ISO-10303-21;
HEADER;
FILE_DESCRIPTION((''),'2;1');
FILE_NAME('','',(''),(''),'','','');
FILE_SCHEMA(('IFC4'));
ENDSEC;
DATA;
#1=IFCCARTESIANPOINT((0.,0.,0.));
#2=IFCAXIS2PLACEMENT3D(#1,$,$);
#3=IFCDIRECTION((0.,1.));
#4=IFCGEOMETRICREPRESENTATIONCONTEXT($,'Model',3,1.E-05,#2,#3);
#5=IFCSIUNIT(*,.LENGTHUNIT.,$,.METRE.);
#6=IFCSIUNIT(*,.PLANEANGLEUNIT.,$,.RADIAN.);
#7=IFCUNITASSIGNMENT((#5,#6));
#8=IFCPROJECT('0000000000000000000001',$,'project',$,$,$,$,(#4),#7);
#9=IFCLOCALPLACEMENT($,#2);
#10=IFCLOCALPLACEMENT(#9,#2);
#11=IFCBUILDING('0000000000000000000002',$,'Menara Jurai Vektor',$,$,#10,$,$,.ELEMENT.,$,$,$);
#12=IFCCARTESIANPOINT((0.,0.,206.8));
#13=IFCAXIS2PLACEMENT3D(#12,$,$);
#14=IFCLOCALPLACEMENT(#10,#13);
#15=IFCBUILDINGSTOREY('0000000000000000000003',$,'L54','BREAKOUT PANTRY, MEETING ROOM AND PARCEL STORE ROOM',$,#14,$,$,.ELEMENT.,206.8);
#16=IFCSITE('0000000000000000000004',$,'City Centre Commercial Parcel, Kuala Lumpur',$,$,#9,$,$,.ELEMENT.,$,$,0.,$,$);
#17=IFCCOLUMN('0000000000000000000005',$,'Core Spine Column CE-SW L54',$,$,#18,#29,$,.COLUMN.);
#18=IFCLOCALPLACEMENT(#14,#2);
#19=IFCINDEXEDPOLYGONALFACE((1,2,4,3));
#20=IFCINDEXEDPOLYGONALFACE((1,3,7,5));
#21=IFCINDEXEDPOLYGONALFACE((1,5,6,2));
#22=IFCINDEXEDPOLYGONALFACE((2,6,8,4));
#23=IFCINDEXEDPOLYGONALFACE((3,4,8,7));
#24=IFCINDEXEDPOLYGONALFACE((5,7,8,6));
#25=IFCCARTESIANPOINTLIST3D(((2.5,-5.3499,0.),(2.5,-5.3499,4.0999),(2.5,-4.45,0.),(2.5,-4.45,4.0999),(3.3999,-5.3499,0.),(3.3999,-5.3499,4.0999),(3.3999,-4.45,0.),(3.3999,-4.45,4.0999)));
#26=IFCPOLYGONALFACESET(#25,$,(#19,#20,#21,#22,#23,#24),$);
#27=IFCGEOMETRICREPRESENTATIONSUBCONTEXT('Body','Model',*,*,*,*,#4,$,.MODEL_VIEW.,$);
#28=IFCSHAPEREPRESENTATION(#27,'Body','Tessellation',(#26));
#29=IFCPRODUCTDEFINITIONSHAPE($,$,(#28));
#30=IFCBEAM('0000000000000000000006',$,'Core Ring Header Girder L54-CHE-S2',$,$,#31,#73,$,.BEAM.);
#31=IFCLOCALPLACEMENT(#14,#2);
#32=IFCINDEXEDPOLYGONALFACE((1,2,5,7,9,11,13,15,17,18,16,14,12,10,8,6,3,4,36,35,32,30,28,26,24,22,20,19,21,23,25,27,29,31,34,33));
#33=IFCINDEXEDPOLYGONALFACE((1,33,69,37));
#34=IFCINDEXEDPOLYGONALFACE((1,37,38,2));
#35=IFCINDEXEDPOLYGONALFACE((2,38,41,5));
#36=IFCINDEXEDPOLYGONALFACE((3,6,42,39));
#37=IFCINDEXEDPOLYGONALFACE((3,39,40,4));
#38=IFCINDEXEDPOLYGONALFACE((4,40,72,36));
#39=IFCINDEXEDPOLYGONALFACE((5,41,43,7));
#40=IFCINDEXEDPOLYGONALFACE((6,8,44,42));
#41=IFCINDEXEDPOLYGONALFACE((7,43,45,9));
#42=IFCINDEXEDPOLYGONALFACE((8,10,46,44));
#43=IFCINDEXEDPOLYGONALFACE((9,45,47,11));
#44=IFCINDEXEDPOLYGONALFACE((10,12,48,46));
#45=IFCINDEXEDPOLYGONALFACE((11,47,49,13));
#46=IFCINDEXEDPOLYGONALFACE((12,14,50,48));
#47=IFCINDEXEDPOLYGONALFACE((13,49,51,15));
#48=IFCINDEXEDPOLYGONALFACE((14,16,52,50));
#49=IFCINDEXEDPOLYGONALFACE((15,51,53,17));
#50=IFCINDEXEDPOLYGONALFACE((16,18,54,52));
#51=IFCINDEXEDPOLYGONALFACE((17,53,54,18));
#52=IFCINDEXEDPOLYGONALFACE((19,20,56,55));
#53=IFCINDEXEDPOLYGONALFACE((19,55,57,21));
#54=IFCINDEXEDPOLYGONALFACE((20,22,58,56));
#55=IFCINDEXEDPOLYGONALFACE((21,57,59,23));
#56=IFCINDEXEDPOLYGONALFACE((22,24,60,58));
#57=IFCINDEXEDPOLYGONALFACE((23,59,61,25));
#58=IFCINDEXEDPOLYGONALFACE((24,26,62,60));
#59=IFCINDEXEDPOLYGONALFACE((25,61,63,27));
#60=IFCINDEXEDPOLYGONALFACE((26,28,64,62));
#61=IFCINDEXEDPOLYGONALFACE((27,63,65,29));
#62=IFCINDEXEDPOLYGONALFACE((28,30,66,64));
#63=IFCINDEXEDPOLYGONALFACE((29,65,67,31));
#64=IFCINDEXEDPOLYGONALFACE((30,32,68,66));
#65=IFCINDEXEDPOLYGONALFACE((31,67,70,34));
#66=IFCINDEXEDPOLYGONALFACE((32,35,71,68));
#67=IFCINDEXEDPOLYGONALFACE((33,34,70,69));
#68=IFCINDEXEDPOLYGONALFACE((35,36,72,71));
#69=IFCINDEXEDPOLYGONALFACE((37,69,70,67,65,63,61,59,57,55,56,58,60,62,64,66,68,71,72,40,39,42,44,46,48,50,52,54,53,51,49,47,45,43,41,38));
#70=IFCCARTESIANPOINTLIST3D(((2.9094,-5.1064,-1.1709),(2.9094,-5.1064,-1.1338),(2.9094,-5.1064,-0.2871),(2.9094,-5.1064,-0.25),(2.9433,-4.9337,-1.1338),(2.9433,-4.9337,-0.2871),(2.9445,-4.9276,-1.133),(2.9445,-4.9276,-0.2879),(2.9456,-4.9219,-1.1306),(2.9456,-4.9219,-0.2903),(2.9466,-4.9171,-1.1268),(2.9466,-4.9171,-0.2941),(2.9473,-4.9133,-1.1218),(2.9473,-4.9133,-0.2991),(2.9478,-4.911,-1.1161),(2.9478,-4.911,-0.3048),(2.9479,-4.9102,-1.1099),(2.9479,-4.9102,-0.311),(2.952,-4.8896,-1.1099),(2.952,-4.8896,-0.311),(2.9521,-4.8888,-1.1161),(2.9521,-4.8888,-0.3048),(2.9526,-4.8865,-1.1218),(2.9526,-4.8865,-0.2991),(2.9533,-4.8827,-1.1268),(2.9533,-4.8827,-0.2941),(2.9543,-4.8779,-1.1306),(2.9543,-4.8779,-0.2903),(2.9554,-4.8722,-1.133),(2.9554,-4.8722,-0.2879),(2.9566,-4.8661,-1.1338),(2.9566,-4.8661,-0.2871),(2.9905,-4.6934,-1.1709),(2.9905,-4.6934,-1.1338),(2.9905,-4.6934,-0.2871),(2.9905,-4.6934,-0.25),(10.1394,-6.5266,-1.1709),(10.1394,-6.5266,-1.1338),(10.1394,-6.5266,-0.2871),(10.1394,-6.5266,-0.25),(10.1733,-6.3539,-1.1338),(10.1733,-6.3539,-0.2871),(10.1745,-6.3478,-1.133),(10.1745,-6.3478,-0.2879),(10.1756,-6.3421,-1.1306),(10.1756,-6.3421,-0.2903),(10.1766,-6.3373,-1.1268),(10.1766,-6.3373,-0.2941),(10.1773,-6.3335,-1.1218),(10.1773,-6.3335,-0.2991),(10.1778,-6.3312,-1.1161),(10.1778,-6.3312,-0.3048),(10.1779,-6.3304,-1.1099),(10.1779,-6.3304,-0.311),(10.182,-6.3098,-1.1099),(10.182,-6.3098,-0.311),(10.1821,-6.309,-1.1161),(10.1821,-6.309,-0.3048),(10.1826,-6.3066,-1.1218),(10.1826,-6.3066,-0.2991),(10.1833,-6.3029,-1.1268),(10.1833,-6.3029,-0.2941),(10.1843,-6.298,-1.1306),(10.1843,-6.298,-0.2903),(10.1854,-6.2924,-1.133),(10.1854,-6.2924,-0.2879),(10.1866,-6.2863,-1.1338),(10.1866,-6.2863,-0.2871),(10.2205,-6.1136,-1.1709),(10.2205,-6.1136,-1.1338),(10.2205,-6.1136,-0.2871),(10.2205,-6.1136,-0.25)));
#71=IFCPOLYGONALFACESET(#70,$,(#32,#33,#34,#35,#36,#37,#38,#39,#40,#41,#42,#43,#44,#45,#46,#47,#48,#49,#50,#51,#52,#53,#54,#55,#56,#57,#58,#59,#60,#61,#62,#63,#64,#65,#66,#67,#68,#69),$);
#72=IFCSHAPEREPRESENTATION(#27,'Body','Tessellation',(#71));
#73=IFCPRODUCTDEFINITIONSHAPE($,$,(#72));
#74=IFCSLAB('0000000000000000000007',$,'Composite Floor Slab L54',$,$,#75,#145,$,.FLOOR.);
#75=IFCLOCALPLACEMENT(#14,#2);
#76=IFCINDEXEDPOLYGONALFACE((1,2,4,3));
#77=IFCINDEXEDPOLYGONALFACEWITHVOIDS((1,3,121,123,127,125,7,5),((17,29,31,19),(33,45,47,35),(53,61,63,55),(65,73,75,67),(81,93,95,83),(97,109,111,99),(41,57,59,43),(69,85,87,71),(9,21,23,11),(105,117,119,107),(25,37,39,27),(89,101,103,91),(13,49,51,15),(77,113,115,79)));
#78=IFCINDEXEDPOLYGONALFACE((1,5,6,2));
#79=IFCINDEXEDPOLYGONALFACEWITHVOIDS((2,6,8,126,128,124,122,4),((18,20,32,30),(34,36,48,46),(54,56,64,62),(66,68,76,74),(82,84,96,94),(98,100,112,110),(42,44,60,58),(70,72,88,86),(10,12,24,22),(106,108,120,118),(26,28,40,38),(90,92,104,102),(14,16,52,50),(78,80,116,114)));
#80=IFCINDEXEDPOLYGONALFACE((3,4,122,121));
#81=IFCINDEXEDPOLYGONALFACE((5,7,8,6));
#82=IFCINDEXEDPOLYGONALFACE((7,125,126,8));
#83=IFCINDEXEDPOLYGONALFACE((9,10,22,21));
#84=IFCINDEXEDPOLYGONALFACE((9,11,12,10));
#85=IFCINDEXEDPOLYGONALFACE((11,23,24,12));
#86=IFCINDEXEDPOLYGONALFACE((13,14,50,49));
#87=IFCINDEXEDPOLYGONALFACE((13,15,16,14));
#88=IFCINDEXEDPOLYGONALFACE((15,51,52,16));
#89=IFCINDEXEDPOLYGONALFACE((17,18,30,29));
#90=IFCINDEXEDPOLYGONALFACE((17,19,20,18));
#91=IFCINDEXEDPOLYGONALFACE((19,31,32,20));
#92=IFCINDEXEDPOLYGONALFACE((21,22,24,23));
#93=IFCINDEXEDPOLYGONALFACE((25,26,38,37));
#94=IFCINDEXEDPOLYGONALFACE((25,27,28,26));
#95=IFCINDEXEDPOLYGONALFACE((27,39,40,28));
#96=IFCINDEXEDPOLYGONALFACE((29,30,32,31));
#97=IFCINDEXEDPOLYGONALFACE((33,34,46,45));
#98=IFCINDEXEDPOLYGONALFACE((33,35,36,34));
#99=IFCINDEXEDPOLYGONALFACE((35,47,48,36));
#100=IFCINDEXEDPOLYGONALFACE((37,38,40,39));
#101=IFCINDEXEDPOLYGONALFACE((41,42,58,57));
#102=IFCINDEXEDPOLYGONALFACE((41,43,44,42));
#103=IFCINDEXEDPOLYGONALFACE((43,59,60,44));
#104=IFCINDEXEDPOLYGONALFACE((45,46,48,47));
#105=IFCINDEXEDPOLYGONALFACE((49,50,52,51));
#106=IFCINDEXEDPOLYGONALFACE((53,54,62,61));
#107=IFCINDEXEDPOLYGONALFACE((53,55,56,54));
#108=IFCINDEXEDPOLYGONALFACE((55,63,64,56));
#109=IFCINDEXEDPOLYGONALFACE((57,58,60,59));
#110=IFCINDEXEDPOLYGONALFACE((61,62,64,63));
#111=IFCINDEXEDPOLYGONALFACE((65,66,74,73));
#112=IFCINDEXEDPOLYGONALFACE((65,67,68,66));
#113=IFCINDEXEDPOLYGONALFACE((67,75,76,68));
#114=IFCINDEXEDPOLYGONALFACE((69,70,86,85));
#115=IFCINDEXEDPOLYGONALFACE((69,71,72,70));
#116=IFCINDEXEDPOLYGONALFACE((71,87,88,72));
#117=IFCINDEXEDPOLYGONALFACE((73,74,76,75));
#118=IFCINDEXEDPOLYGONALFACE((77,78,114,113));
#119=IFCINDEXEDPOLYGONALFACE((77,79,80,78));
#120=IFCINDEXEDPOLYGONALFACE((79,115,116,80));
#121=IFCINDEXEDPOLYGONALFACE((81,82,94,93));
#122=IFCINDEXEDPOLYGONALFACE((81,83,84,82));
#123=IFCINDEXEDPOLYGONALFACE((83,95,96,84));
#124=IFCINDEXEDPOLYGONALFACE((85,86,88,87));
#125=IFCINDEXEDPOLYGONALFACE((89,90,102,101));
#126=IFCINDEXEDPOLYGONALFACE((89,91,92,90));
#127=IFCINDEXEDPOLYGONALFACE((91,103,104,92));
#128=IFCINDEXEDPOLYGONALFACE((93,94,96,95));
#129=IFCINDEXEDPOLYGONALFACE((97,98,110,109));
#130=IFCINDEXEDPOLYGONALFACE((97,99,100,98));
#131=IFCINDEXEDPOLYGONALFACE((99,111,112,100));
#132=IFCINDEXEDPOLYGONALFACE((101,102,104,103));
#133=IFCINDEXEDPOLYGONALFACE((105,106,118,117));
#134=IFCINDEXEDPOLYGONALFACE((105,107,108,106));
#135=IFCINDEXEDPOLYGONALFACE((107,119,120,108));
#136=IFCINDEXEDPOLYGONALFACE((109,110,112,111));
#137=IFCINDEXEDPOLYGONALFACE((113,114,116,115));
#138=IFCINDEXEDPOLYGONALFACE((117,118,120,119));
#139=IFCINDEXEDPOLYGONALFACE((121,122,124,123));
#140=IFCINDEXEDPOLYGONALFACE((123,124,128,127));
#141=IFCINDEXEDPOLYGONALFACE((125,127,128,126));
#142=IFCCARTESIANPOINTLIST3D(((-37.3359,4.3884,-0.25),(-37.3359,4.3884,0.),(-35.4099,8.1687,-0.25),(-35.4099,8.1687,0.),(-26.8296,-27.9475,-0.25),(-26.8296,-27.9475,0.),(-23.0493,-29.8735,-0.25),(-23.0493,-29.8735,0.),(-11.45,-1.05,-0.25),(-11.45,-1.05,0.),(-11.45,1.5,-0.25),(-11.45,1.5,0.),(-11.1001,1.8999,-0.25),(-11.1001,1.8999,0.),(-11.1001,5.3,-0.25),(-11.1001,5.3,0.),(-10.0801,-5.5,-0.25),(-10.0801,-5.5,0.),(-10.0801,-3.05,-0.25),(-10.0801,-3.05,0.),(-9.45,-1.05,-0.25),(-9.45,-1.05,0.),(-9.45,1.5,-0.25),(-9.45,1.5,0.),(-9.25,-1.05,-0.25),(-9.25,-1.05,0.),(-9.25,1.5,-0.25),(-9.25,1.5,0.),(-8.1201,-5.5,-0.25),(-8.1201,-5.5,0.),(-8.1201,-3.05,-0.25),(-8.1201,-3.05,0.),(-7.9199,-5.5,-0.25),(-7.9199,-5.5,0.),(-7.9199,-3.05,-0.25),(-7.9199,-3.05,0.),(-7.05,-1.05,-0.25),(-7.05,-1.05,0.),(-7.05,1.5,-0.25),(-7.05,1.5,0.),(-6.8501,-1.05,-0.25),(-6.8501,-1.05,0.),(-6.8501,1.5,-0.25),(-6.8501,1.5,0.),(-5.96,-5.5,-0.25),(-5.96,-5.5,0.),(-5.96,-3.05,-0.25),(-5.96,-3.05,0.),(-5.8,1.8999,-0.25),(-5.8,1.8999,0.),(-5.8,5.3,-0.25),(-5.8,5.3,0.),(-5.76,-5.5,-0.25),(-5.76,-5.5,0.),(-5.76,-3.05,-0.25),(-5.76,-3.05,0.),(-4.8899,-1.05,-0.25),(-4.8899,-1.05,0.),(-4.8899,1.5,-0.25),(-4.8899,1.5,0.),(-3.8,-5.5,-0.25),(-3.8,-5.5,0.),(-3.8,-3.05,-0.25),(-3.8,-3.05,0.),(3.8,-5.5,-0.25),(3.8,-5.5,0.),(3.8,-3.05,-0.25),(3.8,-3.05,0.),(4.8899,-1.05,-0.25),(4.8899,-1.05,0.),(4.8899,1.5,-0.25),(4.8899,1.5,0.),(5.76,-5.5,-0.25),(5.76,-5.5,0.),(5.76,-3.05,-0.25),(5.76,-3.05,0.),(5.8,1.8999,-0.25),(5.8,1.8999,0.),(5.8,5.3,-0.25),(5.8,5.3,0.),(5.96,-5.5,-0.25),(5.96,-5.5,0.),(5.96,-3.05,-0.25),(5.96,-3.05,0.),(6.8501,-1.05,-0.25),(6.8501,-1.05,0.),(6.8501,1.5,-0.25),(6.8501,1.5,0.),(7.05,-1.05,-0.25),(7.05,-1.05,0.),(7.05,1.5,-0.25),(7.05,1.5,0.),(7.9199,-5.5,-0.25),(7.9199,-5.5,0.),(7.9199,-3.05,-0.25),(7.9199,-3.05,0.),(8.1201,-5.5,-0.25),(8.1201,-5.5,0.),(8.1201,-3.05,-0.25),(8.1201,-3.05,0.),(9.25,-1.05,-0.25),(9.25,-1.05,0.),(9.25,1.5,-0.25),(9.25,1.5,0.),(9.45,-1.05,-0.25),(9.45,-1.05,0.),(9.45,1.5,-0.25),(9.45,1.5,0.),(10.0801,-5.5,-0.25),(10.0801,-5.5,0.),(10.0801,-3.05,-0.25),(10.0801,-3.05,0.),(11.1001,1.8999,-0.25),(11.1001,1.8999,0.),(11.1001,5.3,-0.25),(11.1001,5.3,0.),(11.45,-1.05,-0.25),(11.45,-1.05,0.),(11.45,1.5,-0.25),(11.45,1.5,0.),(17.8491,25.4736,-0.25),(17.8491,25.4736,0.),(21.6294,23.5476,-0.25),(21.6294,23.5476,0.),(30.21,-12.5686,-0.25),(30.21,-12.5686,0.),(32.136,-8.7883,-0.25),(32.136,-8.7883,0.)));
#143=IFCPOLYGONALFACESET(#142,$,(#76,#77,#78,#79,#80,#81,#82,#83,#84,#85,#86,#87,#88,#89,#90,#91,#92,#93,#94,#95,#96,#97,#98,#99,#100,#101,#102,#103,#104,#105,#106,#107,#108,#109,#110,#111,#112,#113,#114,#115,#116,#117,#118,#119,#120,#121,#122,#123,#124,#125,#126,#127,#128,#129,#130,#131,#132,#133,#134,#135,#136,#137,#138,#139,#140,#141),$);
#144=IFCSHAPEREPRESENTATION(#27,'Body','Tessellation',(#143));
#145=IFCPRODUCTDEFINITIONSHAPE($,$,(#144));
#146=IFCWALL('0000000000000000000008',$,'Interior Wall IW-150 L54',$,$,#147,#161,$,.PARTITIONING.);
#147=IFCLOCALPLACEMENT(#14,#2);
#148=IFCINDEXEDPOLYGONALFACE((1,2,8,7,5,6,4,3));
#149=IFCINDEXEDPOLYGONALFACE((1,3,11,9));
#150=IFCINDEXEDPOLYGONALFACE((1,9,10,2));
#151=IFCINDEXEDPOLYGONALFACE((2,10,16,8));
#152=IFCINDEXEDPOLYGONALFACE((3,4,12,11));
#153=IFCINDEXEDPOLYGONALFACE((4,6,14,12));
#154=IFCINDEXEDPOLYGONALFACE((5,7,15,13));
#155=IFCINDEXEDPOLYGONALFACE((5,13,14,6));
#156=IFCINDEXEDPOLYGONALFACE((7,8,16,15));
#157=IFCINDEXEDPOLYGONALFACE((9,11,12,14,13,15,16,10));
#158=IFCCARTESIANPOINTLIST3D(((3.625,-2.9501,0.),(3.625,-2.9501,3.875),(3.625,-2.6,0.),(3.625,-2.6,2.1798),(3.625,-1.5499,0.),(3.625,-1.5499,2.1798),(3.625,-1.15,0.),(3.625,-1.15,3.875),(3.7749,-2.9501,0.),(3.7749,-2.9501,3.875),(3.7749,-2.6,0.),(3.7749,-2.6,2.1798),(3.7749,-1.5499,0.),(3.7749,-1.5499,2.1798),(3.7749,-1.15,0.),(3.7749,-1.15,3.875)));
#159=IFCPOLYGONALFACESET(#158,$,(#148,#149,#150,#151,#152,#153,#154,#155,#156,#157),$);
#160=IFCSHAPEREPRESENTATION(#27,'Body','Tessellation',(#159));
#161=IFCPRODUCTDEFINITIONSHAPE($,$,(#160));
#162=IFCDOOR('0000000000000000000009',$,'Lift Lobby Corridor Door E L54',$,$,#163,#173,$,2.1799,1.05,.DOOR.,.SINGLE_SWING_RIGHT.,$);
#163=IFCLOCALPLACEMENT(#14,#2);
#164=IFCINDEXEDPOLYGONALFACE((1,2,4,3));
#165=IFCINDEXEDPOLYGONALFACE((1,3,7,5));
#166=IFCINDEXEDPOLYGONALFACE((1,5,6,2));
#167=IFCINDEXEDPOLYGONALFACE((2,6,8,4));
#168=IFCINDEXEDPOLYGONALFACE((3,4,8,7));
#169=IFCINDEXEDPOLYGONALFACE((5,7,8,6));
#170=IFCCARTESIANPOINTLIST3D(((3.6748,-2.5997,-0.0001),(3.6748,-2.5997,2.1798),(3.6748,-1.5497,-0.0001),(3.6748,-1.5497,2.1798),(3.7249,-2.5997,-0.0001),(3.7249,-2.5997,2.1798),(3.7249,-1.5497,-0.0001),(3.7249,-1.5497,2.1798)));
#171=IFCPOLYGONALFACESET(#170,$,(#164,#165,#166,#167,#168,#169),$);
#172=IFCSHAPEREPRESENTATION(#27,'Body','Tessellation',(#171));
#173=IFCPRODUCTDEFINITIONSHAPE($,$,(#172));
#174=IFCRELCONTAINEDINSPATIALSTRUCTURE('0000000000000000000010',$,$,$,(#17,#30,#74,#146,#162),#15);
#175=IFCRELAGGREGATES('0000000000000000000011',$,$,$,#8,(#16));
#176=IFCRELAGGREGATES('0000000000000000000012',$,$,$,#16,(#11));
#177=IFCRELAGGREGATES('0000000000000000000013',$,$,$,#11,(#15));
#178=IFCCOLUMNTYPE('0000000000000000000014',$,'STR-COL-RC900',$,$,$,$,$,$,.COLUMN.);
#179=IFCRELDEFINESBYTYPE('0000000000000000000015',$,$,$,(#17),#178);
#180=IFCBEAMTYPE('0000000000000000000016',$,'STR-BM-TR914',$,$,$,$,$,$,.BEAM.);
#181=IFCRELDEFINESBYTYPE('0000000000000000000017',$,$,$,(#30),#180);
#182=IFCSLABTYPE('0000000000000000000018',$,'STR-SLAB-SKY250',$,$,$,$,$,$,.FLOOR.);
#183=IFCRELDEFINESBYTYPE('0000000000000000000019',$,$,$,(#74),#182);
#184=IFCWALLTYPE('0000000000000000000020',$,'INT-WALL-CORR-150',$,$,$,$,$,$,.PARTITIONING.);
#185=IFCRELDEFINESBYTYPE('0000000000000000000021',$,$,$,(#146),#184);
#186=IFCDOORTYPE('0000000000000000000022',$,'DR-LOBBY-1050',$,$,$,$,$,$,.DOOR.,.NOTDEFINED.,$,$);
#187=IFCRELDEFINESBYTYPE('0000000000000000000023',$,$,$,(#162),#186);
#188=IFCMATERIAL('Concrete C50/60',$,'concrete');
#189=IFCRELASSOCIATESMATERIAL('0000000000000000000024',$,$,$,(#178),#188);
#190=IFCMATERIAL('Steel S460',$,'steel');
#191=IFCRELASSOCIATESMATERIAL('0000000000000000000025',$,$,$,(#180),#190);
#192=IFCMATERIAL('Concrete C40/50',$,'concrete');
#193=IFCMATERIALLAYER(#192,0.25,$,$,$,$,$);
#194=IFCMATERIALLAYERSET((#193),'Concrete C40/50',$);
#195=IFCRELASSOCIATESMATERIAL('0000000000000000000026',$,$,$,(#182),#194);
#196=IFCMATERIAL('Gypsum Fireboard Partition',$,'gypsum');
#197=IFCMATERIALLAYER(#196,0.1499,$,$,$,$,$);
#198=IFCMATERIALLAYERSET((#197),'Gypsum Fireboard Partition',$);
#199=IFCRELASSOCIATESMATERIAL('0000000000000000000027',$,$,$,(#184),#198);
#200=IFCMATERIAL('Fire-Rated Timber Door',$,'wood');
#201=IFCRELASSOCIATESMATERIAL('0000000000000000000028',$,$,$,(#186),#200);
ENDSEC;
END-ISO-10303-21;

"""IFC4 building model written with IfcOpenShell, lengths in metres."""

from ifc_helpers import new_model, si_unit, direction, frame, frame_2d, origin, origin_2d, place, context, subcontext, project, spatial, polyline, rectangle, i_section, outline, extrude, material, layer, layer_set, material_profile, profile_set, type_object, element, fill, save


model = new_model("IFC4")

# Units and contexts
model_context = context("Model", 3, precision=1e-05, world=origin(), true_north=direction((0.0, 1.0)))
body_context = subcontext(model_context, "Body", "Model", "MODEL_VIEW")
ifc_project = project(units=[si_unit("LENGTHUNIT", "METRE"), si_unit("PLANEANGLEUNIT", "RADIAN")], contexts=[model_context])

# Site, building, storey
site_placement = place(None, origin())
site = spatial("IfcSite", under=ifc_project, at=site_placement, Name="City Centre Commercial Parcel, Kuala Lumpur", CompositionType="ELEMENT", RefElevation=0.0)
building_placement = place(site_placement, origin())
building = spatial("IfcBuilding", under=site, at=building_placement, Name="Menara Jurai Vektor", CompositionType="ELEMENT")
storey_placement = place(building_placement, frame((0.0, 0.0, 206.8)))
storey = spatial("IfcBuildingStorey", under=building, at=storey_placement, Name="L54", Description="BREAKOUT PANTRY, MEETING ROOM AND PARCEL STORE ROOM", CompositionType="ELEMENT", Elevation=206.8)

# Column
ifc_material_1 = material(Name="Concrete C50/60", Category="concrete")
ifc_material_profile_1 = material_profile(ifc_material_1, rectangle(XDim=0.8999, YDim=0.8999, at=origin_2d()), Name="RC 900x900")
ifc_profile_set_1 = profile_set([ifc_material_profile_1], Name="Concrete C50/60")
column_type = type_object("IfcColumnType", Name="STR-COL-RC900", PredefinedType="COLUMN", material=ifc_profile_set_1)
column_placement = place(storey_placement, frame((2.95, -4.8999, 0.0), z_axis=(0.0, 0.0, 1.0), x_axis=(1.0, 0.0, 0.0)))
element("IfcColumn", 1, at=column_placement, inside=storey, type_object=column_type, Name="Core Spine Column CE-SW L54", PredefinedType="COLUMN", context=body_context, shape_type="SweptSolid", body=[
    extrude(rectangle(XDim=0.8999, YDim=0.8999, at=origin_2d()), origin(), (0.0, 0.0, 1.0), 4.0999),
])

# Beam
ifc_material_2 = material(Name="Steel S460", Category="steel")
ifc_material_profile_2 = material_profile(ifc_material_2, i_section(OverallWidth=0.4209, OverallDepth=0.9209, WebThickness=0.021, FlangeThickness=0.0371, FilletRadius=0.0239, at=origin_2d()), Name="UKB 914x419x388")
ifc_profile_set_2 = profile_set([ifc_material_profile_2], Name="Steel S460")
beam_type = type_object("IfcBeamType", Name="STR-BM-TR914", PredefinedType="BEAM", material=ifc_profile_set_2)
beam_placement = place(storey_placement, frame((2.95, -4.8999, -0.7104), z_axis=(0.981249, -0.192744, 0.0), x_axis=(0.192744, 0.981249, 0.0)))
element("IfcBeam", 2, at=beam_placement, inside=storey, type_object=beam_type, Name="Core Ring Header Girder L54-CHE-S2", PredefinedType="BEAM", context=body_context, shape_type="SweptSolid", body=[
    extrude(i_section(OverallWidth=0.4209, OverallDepth=0.9209, WebThickness=0.021, FlangeThickness=0.0371, FilletRadius=0.0239, at=origin_2d()), origin(), (0.0, 0.0, 1.0), 7.3682),
])

# Slab
ifc_material_3 = material(Name="Concrete C40/50", Category="concrete")
ifc_layer_1 = layer(ifc_material_3, 0.25)
ifc_layer_set_1 = layer_set([ifc_layer_1], Name="Concrete C40/50")
slab_type = type_object("IfcSlabType", Name="STR-SLAB-SKY250", PredefinedType="FLOOR", material=ifc_layer_set_1)
slab_placement = place(storey_placement, frame((0.0, 0.0, -0.25)))
element("IfcSlab", 3, at=slab_placement, inside=storey, type_object=slab_type, Name="Composite Floor Slab L54", PredefinedType="FLOOR", context=body_context, shape_type="SweptSolid", body=[
    extrude(outline(polyline([(-23.0493, -29.8735), (30.21, -12.5686), (32.136, -8.7883), (21.6294, 23.5476), (17.8491, 25.4736), (-35.4099, 8.1687), (-37.3359, 4.3884), (-26.8296, -27.9475), (-23.0493, -29.8735)]), holes=[polyline([(-11.1001, 1.8999), (-11.1001, 5.3), (-5.8, 5.3), (-5.8, 1.8999), (-11.1001, 1.8999)]), polyline([(5.8, 1.8999), (5.8, 5.3), (11.1001, 5.3), (11.1001, 1.8999), (5.8, 1.8999)]), polyline([(-11.45, -1.05), (-11.45, 1.5), (-9.45, 1.5), (-9.45, -1.05), (-11.45, -1.05)]), polyline([(9.45, -1.05), (9.45, 1.5), (11.45, 1.5), (11.45, -1.05), (9.45, -1.05)]), polyline([(-5.76, -5.5), (-5.76, -3.05), (-3.8, -3.05), (-3.8, -5.5), (-5.76, -5.5)]), polyline([(-6.8501, -1.05), (-6.8501, 1.5), (-4.8899, 1.5), (-4.8899, -1.05), (-6.8501, -1.05)]), polyline([(3.8, -5.5), (3.8, -3.05), (5.76, -3.05), (5.76, -5.5), (3.8, -5.5)]), polyline([(4.8899, -1.05), (4.8899, 1.5), (6.8501, 1.5), (6.8501, -1.05), (4.8899, -1.05)]), polyline([(-10.0801, -5.5), (-10.0801, -3.05), (-8.1201, -3.05), (-8.1201, -5.5), (-10.0801, -5.5)]), polyline([(-7.9199, -5.5), (-7.9199, -3.05), (-5.96, -3.05), (-5.96, -5.5), (-7.9199, -5.5)]), polyline([(5.96, -5.5), (5.96, -3.05), (7.9199, -3.05), (7.9199, -5.5), (5.96, -5.5)]), polyline([(8.1201, -5.5), (8.1201, -3.05), (10.0801, -3.05), (10.0801, -5.5), (8.1201, -5.5)]), polyline([(-9.25, -1.05), (-9.25, 1.5), (-7.05, 1.5), (-7.05, -1.05), (-9.25, -1.05)]), polyline([(7.05, -1.05), (7.05, 1.5), (9.25, 1.5), (9.25, -1.05), (7.05, -1.05)])]), origin(), (0.0, 0.0, 1.0), 0.25),
])

# Wall, opening, door
ifc_material_4 = material(Name="Gypsum Fireboard Partition", Category="gypsum")
ifc_layer_2 = layer(ifc_material_4, 0.1499)
ifc_layer_set_2 = layer_set([ifc_layer_2], Name="Gypsum Fireboard Partition")
wall_type_1 = type_object("IfcWallType", Name="INT-WALL-CORR-150", PredefinedType="PARTITIONING", material=ifc_layer_set_2)
wall_1_placement = place(storey_placement, frame((3.7, -2.95, 0.0), z_axis=(0.0, 0.0, 1.0), x_axis=(0.0, 1.0, 0.0)))
wall_1 = element("IfcWall", 4, at=wall_1_placement, inside=storey, type_object=wall_type_1, Name="Interior Wall IW-150 L54", PredefinedType="PARTITIONING", context=body_context, shape_type="SweptSolid", body=[
    extrude(rectangle(XDim=1.8, YDim=0.1499, at=frame_2d((0.8999, 0.0))), origin(), (0.0, 0.0, 1.0), 3.875),
])
opening_1_placement = place(wall_1_placement, frame((0.3501, 0.0, 0.0)))
opening_1 = element("IfcOpeningElement", 5, at=opening_1_placement, cuts=wall_1, PredefinedType="OPENING", context=body_context, shape_type="SweptSolid", body=[
    extrude(rectangle(XDim=1.05, YDim=2.1799, at=frame_2d((0.5249, 1.0898))), frame((0.0, 0.085, 0.0), z_axis=(0.0, -1.0, 0.0), x_axis=(1.0, 0.0, 0.0)), (0.0, 0.0, 1.0), 0.1699),
])
ifc_material_5 = material(Name="Fire-Rated Timber Door", Category="wood")
door_type_1 = type_object("IfcDoorType", Name="DR-LOBBY-1050", OperationType="NOTDEFINED", PredefinedType="DOOR", material=ifc_material_5)
door_1_placement = place(opening_1_placement, frame((1.05, 0.0, 0.0), z_axis=(0.0, 0.0, 1.0), x_axis=(-1.0, 0.0, 0.0)))
door_1 = element("IfcDoor", 6, at=door_1_placement, inside=storey, type_object=door_type_1, Name="Lift Lobby Corridor Door E L54", OperationType="SINGLE_SWING_RIGHT", OverallHeight=2.1799, OverallWidth=1.05, PredefinedType="DOOR", context=body_context, shape_type="SweptSolid", body=[
    extrude(rectangle(XDim=1.05, YDim=2.1799, at=frame_2d((0.5249, 1.0898))), frame((0.0, 0.0249, 0.0), z_axis=(0.0, -1.0, 0.0), x_axis=(1.0, 0.0, 0.0)), (0.0, 0.0, 1.0), 0.05),
])
fill(opening_1, door_1)

save(model, "model.ifc")
